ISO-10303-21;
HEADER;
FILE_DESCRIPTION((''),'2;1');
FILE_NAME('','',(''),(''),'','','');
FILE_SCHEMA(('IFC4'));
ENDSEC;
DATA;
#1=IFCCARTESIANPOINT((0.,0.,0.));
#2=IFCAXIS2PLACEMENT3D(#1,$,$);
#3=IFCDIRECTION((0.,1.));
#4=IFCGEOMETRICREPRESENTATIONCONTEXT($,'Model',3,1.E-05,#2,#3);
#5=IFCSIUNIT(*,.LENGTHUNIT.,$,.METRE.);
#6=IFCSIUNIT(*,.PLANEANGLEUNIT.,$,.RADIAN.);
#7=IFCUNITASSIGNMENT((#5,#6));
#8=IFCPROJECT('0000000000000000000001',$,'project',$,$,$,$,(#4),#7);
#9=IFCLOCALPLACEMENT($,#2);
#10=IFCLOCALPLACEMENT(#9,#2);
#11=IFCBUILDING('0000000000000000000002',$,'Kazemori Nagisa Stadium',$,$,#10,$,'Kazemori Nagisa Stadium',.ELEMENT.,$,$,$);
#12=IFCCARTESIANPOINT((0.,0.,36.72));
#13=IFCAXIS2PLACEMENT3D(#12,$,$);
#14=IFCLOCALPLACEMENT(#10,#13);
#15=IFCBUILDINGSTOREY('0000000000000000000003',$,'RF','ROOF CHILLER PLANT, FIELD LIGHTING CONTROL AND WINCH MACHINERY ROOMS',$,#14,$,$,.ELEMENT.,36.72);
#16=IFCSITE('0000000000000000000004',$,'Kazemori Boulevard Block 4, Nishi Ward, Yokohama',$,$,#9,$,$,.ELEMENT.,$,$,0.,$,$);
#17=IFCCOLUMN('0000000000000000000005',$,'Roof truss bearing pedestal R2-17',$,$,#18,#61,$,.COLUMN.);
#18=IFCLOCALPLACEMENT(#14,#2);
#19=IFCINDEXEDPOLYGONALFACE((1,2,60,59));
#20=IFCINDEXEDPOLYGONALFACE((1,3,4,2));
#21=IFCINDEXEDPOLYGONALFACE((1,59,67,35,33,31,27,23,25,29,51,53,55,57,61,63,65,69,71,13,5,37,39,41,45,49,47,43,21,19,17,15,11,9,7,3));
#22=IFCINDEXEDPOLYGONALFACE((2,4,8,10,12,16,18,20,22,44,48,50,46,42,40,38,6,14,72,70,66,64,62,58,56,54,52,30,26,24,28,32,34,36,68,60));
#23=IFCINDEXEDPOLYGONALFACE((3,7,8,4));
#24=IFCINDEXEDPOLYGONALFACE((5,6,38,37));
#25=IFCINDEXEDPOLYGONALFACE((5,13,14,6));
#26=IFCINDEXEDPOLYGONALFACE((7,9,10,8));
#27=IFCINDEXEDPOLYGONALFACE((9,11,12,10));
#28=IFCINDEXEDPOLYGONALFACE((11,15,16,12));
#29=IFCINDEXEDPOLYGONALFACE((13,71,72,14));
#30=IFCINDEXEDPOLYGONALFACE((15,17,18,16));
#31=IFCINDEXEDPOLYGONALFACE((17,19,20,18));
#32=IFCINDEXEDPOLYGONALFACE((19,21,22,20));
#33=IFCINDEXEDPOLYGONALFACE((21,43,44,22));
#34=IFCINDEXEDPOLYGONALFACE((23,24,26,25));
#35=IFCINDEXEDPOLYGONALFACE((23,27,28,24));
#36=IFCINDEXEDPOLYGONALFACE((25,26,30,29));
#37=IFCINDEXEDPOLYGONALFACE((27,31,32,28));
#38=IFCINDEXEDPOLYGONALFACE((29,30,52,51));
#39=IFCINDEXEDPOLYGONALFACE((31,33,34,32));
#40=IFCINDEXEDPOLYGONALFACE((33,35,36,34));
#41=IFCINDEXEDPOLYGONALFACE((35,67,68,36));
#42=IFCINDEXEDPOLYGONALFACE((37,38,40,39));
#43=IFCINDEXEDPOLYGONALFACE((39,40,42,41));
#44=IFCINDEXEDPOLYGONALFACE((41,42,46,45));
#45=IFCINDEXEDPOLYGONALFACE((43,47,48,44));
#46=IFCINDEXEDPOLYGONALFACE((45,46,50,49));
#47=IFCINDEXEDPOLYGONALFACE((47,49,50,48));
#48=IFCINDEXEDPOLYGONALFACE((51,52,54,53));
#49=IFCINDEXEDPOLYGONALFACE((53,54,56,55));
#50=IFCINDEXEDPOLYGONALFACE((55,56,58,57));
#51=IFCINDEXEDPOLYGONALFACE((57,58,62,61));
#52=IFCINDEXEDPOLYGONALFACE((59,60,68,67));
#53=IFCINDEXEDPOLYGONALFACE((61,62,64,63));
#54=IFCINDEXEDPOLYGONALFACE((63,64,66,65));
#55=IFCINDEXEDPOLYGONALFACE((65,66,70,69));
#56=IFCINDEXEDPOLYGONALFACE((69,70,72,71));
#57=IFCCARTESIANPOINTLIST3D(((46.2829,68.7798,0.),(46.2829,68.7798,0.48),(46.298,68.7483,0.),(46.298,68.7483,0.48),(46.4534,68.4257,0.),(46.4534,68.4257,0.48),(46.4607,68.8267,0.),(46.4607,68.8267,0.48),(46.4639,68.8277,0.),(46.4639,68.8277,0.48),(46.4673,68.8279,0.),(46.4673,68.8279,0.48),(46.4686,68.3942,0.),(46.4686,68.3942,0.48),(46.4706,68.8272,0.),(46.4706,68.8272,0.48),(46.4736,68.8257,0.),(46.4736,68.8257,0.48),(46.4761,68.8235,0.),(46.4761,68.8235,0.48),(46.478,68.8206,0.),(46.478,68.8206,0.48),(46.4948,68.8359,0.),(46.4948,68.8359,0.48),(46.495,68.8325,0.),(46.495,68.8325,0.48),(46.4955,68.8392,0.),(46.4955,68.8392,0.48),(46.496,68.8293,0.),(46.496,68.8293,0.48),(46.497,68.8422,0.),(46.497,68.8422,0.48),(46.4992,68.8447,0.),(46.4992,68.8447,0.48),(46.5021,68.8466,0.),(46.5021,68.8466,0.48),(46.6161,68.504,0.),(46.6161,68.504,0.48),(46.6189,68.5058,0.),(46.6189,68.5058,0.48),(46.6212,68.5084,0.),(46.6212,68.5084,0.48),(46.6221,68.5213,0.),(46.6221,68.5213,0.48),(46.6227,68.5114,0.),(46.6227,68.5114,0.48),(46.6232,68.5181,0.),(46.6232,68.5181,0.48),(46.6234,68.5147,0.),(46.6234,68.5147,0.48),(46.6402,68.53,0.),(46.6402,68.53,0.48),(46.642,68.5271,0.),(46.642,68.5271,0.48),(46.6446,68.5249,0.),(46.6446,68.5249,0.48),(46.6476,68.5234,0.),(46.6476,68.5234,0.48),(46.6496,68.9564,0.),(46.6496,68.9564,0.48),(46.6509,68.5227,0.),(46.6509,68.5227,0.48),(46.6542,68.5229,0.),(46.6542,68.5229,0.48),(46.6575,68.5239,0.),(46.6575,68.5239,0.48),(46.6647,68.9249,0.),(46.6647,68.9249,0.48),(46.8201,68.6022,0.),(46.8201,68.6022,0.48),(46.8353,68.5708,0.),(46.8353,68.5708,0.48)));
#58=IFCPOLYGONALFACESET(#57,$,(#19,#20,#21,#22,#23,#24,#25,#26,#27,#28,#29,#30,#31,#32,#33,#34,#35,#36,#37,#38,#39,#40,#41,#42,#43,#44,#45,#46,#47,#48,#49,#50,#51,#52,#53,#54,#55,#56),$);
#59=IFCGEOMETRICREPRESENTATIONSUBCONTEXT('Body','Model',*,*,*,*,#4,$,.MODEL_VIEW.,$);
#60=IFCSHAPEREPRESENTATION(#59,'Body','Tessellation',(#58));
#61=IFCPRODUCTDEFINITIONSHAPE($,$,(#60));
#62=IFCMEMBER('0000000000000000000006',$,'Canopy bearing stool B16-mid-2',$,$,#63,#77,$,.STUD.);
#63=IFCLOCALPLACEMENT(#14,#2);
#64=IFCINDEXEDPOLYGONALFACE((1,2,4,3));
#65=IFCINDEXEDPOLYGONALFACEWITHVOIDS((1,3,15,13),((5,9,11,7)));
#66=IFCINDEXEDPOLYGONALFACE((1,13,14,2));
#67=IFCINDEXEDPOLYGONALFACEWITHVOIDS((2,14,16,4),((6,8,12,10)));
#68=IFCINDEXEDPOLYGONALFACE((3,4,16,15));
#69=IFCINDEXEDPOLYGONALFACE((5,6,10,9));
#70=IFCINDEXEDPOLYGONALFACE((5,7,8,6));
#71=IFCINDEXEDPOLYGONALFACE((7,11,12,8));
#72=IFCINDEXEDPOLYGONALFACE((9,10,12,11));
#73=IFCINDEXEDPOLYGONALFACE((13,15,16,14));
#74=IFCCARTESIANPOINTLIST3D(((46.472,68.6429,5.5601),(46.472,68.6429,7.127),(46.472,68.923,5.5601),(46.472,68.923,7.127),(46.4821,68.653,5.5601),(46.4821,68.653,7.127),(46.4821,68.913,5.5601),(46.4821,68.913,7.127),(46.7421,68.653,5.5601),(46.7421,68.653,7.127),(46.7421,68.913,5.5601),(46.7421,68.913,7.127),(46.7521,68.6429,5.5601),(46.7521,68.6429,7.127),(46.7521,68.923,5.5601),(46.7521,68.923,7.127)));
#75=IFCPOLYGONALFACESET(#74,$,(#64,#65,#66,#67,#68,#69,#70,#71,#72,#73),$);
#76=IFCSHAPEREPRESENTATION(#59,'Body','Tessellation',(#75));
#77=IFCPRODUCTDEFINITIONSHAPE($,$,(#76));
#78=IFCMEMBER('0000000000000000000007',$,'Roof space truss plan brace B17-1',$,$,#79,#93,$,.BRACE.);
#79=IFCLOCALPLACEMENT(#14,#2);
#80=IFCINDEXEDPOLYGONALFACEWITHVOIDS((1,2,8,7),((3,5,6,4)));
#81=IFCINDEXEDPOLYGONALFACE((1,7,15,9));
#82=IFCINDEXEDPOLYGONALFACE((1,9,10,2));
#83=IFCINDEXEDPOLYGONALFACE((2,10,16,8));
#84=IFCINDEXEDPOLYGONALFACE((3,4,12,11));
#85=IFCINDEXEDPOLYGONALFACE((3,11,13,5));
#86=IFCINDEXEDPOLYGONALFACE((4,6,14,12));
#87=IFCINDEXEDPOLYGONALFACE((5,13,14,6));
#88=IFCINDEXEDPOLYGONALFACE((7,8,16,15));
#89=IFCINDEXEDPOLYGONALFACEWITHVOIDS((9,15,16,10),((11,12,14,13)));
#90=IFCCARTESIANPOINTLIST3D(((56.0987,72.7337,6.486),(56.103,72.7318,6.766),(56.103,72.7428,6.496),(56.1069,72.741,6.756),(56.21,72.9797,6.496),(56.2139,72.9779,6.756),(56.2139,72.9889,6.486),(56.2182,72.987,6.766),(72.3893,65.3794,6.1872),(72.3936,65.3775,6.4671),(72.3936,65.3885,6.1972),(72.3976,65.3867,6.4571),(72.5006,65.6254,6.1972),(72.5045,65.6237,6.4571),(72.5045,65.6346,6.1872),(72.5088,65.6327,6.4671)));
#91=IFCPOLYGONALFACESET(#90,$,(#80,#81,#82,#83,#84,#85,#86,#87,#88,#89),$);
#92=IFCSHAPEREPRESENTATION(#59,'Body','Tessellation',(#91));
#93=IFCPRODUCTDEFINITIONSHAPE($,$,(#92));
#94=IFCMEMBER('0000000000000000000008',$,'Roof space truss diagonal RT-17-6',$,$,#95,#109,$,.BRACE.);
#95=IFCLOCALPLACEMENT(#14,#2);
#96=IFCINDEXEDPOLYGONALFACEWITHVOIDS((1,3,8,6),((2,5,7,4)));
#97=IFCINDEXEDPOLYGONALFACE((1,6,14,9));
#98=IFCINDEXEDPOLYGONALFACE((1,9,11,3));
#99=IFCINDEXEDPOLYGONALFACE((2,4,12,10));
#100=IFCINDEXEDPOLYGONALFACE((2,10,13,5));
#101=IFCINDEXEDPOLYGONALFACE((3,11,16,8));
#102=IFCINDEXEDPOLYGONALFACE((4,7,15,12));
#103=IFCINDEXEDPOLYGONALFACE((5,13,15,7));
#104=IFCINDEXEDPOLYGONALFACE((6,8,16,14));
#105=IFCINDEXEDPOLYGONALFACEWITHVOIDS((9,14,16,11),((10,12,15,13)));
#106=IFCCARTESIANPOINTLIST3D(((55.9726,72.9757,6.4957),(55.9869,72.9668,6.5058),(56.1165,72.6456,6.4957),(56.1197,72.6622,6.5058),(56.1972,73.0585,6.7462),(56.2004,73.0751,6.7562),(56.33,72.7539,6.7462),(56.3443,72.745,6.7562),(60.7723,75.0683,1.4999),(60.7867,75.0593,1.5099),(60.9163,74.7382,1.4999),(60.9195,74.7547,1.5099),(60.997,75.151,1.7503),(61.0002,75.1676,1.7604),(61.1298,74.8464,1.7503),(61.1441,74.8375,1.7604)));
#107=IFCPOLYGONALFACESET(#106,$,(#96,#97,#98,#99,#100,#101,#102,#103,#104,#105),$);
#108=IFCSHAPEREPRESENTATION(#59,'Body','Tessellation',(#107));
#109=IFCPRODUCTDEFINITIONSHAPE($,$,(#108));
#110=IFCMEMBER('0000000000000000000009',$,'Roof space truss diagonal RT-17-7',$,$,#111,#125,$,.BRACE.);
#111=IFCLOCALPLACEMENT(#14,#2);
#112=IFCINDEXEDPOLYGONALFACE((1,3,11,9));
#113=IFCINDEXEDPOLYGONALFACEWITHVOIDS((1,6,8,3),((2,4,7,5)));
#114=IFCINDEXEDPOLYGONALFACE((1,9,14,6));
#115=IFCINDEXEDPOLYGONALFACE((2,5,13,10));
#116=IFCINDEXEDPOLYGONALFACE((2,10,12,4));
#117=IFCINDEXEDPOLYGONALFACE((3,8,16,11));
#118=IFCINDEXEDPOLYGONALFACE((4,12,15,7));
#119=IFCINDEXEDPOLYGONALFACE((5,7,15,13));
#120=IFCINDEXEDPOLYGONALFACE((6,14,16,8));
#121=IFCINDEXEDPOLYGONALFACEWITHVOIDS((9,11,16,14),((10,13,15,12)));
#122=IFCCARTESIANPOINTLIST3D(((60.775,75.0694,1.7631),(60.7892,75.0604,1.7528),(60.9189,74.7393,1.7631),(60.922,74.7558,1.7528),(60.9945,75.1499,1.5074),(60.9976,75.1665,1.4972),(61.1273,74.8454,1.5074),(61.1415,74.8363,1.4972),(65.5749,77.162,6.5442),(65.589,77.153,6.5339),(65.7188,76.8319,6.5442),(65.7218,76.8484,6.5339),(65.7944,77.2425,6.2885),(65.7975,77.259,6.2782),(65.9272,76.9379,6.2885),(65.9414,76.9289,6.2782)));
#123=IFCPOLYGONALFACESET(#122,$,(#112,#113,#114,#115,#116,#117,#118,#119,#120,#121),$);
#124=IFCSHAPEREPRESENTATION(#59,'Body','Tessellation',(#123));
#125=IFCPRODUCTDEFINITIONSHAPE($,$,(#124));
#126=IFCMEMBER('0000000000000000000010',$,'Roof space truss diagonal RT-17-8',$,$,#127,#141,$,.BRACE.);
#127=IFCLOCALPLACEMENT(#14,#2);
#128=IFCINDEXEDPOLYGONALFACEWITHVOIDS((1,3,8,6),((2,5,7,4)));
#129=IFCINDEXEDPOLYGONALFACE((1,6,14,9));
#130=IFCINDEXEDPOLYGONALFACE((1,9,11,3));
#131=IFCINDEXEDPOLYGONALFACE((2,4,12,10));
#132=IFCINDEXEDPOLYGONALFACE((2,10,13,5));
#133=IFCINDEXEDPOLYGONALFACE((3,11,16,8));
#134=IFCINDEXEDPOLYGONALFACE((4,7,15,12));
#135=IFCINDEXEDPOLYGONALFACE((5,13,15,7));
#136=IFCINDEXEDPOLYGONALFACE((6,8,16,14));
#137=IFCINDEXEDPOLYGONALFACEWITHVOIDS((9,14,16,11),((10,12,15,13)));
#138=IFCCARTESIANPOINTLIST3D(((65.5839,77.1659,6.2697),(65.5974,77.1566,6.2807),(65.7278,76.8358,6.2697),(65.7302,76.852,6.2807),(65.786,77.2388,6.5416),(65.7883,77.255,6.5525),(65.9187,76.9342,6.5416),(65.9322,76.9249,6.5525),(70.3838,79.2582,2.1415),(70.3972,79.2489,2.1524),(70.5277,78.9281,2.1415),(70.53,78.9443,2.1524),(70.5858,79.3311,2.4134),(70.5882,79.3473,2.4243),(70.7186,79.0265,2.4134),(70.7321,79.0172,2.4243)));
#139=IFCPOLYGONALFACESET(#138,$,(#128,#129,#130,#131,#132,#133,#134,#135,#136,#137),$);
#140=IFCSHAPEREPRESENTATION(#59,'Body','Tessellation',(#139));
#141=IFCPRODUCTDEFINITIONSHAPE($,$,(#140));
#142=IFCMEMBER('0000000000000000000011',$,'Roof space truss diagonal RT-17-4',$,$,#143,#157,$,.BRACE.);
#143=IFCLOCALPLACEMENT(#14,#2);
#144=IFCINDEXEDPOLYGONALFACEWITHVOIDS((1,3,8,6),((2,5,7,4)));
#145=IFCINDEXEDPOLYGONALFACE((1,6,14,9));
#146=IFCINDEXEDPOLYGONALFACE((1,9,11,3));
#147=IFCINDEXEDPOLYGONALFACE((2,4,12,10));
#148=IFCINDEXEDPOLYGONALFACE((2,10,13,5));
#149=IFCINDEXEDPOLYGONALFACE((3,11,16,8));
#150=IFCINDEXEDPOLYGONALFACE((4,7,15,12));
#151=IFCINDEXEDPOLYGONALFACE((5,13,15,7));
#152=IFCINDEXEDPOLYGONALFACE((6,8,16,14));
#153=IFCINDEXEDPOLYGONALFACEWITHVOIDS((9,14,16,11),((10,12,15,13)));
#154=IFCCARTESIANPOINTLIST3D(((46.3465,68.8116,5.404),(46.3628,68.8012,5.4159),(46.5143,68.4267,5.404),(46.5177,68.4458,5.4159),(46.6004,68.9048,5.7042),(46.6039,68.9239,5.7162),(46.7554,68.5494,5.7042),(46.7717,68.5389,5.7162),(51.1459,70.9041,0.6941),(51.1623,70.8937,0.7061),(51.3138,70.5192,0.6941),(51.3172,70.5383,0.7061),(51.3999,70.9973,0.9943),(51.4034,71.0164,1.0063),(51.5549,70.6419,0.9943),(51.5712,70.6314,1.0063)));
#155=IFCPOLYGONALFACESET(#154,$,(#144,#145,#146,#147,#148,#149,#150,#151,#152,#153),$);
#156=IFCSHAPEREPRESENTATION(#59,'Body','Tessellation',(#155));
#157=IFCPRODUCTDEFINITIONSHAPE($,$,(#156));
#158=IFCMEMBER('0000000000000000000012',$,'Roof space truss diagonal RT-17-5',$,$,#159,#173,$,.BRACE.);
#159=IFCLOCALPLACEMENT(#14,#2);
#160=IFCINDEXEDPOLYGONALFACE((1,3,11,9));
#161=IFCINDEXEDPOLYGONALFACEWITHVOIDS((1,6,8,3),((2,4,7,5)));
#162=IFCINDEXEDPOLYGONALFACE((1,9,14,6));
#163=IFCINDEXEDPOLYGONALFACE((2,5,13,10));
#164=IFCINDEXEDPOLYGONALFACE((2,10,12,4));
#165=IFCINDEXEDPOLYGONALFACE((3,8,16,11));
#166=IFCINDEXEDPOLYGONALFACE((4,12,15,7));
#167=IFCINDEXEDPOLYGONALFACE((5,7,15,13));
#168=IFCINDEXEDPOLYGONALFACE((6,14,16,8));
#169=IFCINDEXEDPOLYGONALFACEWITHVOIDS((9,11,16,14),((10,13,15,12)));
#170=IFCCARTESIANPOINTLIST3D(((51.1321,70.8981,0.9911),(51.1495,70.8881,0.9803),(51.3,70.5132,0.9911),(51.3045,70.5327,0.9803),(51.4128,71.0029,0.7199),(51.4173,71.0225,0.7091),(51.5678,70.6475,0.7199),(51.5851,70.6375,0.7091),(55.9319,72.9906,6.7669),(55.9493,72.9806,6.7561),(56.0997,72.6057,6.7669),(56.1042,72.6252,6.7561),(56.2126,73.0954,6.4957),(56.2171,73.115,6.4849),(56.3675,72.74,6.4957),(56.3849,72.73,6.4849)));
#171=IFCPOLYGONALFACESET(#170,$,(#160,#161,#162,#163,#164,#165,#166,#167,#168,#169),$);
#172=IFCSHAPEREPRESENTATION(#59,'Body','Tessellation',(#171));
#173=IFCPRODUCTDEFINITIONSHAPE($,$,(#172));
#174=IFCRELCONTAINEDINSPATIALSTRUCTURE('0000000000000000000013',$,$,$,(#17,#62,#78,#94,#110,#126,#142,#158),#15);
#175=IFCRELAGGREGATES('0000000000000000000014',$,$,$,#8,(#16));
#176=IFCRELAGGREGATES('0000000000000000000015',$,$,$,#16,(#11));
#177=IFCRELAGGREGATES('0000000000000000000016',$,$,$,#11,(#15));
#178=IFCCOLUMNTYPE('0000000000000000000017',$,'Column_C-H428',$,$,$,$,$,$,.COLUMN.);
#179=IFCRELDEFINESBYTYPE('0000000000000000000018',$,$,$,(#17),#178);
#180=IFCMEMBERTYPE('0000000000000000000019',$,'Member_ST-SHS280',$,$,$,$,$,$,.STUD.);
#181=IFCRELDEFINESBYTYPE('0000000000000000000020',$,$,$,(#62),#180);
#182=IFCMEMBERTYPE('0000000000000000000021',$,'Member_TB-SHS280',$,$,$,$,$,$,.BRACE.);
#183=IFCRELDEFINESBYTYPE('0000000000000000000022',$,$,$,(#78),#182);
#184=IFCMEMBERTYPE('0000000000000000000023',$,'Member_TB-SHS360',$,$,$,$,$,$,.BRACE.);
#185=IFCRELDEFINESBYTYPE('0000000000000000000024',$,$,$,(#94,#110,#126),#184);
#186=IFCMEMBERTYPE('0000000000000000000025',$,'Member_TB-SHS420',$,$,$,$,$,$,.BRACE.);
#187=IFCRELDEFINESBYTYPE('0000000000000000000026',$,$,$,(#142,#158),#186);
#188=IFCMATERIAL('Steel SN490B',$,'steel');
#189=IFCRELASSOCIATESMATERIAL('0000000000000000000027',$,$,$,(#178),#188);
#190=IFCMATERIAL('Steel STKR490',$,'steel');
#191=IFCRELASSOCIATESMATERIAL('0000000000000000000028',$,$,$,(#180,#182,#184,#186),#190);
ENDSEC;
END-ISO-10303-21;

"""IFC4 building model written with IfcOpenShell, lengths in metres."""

from ifc_helpers import new_model, si_unit, direction, frame, origin, origin_2d, place, context, subcontext, project, spatial, hollow_rectangle, i_section, extrude, material, material_profile, profile_set, type_object, element, save


model = new_model("IFC4")

# Units and contexts
model_context = context("Model", 3, precision=1e-05, world=origin(), true_north=direction((0.0, 1.0)))
body_context = subcontext(model_context, "Body", "Model", "MODEL_VIEW")
ifc_project = project(units=[si_unit("LENGTHUNIT", "METRE"), si_unit("PLANEANGLEUNIT", "RADIAN")], contexts=[model_context])

# Site, building, storey
site_placement = place(None, origin())
site = spatial("IfcSite", under=ifc_project, at=site_placement, Name="Kazemori Boulevard Block 4, Nishi Ward, Yokohama", CompositionType="ELEMENT", RefElevation=0.0)
building_placement = place(site_placement, origin())
building = spatial("IfcBuilding", under=site, at=building_placement, Name="Kazemori Nagisa Stadium", LongName="Kazemori Nagisa Stadium", CompositionType="ELEMENT")
storey_placement = place(building_placement, frame((0.0, 0.0, 36.72)))
storey = spatial("IfcBuildingStorey", under=building, at=storey_placement, Name="RF", Description="ROOF CHILLER PLANT, FIELD LIGHTING CONTROL AND WINCH MACHINERY ROOMS", CompositionType="ELEMENT", Elevation=36.72)

# Column
ifc_material_1 = material(Name="Steel SN490B", Category="steel")
ifc_material_profile_1 = material_profile(ifc_material_1, i_section(OverallWidth=0.407, OverallDepth=0.428, WebThickness=0.02, FlangeThickness=0.0349, FilletRadius=0.0129, at=origin_2d()), Name="H-428x407x20x35")
ifc_profile_set_1 = profile_set([ifc_material_profile_1], Name="Steel SN490B")
column_type = type_object("IfcColumnType", Name="Column_C-H428", PredefinedType="COLUMN", material=ifc_profile_set_1)
column_placement = place(storey_placement, frame((46.5591, 68.6753, 0.0), z_axis=(0.0, 0.0, 1.0), x_axis=(-0.900969, -0.433884, 0.0)))
element("IfcColumn", 1, at=column_placement, inside=storey, type_object=column_type, Name="Roof truss bearing pedestal R2-17", PredefinedType="COLUMN", context=body_context, shape_type="SweptSolid", body=[
    extrude(i_section(OverallWidth=0.407, OverallDepth=0.428, WebThickness=0.02, FlangeThickness=0.0349, FilletRadius=0.0129, at=origin_2d()), origin(), (0.0, 0.0, 1.0), 0.48),
])

# Members
ifc_material_2 = material(Name="Steel STKR490", Category="steel")
ifc_material_profile_2 = material_profile(ifc_material_2, hollow_rectangle(XDim=0.28, YDim=0.28, WallThickness=0.01, at=origin_2d()), Name="SHS-280x280x10")
ifc_profile_set_2 = profile_set([ifc_material_profile_2], Name="Steel STKR490")
member_type_1 = type_object("IfcMemberType", Name="Member_ST-SHS280", PredefinedType="STUD", material=ifc_profile_set_2)
member_1_placement = place(storey_placement, frame((46.6121, 68.783, 5.5601), z_axis=(0.0, 0.0, 1.0), x_axis=(1.0, 0.0, 0.0)))
element("IfcMember", 2, at=member_1_placement, inside=storey, type_object=member_type_1, Name="Canopy bearing stool B16-mid-2", PredefinedType="STUD", context=body_context, shape_type="SweptSolid", body=[
    extrude(hollow_rectangle(XDim=0.28, YDim=0.28, WallThickness=0.01, at=origin_2d()), origin(), (0.0, 0.0, 1.0), 1.5669),
])
ifc_material_profile_3 = material_profile(ifc_material_2, hollow_rectangle(XDim=0.28, YDim=0.28, WallThickness=0.01, at=origin_2d()), Name="SHS-280x280x10")
ifc_profile_set_3 = profile_set([ifc_material_profile_3], Name="Steel STKR490")
member_type_2 = type_object("IfcMemberType", Name="Member_TB-SHS280", PredefinedType="BRACE", material=ifc_profile_set_3)
member_2_placement = place(storey_placement, frame((56.1584, 72.8604, 6.626), z_axis=(0.911301, -0.411401, -0.016717), x_axis=(0.411458, 0.911429, 0.0)))
element("IfcMember", 3, at=member_2_placement, inside=storey, type_object=member_type_2, Name="Roof space truss plan brace B17-1", PredefinedType="BRACE", context=body_context, shape_type="SweptSolid", body=[
    extrude(hollow_rectangle(XDim=0.28, YDim=0.28, WallThickness=0.01, at=origin_2d()), origin(), (0.0, 0.0, 1.0), 17.8762),
])
ifc_material_profile_4 = material_profile(ifc_material_2, hollow_rectangle(XDim=0.3601, YDim=0.3601, WallThickness=0.0139, at=origin_2d()), Name="SHS-360x360x14")
ifc_profile_set_4 = profile_set([ifc_material_profile_4], Name="Steel STKR490")
member_type_3 = type_object("IfcMemberType", Name="Member_TB-SHS360", PredefinedType="BRACE", material=ifc_profile_set_4)
member_3_placement = place(storey_placement, frame((56.1584, 72.8604, 6.626), z_axis=(0.663224, 0.28914, -0.690313), x_axis=(-0.399635, 0.916675, 0.0)))
element("IfcMember", 4, at=member_3_placement, inside=storey, type_object=member_type_3, Name="Roof space truss diagonal RT-17-6", PredefinedType="BRACE", context=body_context, shape_type="SweptSolid", body=[
    extrude(hollow_rectangle(XDim=0.3601, YDim=0.3601, WallThickness=0.0139, at=origin_2d()), origin(), (0.0, 0.0, 1.0), 7.2371),
])
member_4_placement = place(storey_placement, frame((60.9583, 74.9529, 1.6301), z_axis=(0.676937, 0.295118, 0.674286), x_axis=(-0.399635, 0.916675, 0.0)))
element("IfcMember", 5, at=member_4_placement, inside=storey, type_object=member_type_3, Name="Roof space truss diagonal RT-17-7", PredefinedType="BRACE", context=body_context, shape_type="SweptSolid", body=[
    extrude(hollow_rectangle(XDim=0.3601, YDim=0.3601, WallThickness=0.0139, at=origin_2d()), origin(), (0.0, 0.0, 1.0), 7.0906),
])
member_5_placement = place(storey_placement, frame((65.7581, 77.0454, 6.4111), z_axis=(0.719864, 0.313796, -0.619134), x_axis=(-0.399595, 0.916692, 0.0)))
element("IfcMember", 6, at=member_5_placement, inside=storey, type_object=member_type_3, Name="Roof space truss diagonal RT-17-8", PredefinedType="BRACE", context=body_context, shape_type="SweptSolid", body=[
    extrude(hollow_rectangle(XDim=0.3601, YDim=0.3601, WallThickness=0.0139, at=origin_2d()), origin(), (0.0, 0.0, 1.0), 6.6677),
])
ifc_material_profile_5 = material_profile(ifc_material_2, hollow_rectangle(XDim=0.4199, YDim=0.4199, WallThickness=0.0161, at=origin_2d()), Name="SHS-420x420x16")
ifc_profile_set_5 = profile_set([ifc_material_profile_5], Name="Steel STKR490")
member_type_4 = type_object("IfcMemberType", Name="Member_TB-SHS420", PredefinedType="BRACE", material=ifc_profile_set_5)
member_6_placement = place(storey_placement, frame((46.5591, 68.6753, 5.5601), z_axis=(0.681504, 0.297125, -0.668782), x_axis=(-0.399652, 0.916667, 0.0)))
element("IfcMember", 7, at=member_6_placement, inside=storey, type_object=member_type_4, Name="Roof space truss diagonal RT-17-4", PredefinedType="BRACE", context=body_context, shape_type="SweptSolid", body=[
    extrude(hollow_rectangle(XDim=0.4199, YDim=0.4199, WallThickness=0.0161, at=origin_2d()), origin(), (0.0, 0.0, 1.0), 7.0425),
])
member_7_placement = place(storey_placement, frame((51.3586, 70.7678, 0.8501), z_axis=(0.615675, 0.268411, 0.740877), x_axis=(-0.399635, 0.916675, 0.0)))
element("IfcMember", 8, at=member_7_placement, inside=storey, type_object=member_type_4, Name="Roof space truss diagonal RT-17-5", PredefinedType="BRACE", context=body_context, shape_type="SweptSolid", body=[
    extrude(hollow_rectangle(XDim=0.4199, YDim=0.4199, WallThickness=0.0161, at=origin_2d()), origin(), (0.0, 0.0, 1.0), 7.7959),
])

save(model, "model.ifc")
